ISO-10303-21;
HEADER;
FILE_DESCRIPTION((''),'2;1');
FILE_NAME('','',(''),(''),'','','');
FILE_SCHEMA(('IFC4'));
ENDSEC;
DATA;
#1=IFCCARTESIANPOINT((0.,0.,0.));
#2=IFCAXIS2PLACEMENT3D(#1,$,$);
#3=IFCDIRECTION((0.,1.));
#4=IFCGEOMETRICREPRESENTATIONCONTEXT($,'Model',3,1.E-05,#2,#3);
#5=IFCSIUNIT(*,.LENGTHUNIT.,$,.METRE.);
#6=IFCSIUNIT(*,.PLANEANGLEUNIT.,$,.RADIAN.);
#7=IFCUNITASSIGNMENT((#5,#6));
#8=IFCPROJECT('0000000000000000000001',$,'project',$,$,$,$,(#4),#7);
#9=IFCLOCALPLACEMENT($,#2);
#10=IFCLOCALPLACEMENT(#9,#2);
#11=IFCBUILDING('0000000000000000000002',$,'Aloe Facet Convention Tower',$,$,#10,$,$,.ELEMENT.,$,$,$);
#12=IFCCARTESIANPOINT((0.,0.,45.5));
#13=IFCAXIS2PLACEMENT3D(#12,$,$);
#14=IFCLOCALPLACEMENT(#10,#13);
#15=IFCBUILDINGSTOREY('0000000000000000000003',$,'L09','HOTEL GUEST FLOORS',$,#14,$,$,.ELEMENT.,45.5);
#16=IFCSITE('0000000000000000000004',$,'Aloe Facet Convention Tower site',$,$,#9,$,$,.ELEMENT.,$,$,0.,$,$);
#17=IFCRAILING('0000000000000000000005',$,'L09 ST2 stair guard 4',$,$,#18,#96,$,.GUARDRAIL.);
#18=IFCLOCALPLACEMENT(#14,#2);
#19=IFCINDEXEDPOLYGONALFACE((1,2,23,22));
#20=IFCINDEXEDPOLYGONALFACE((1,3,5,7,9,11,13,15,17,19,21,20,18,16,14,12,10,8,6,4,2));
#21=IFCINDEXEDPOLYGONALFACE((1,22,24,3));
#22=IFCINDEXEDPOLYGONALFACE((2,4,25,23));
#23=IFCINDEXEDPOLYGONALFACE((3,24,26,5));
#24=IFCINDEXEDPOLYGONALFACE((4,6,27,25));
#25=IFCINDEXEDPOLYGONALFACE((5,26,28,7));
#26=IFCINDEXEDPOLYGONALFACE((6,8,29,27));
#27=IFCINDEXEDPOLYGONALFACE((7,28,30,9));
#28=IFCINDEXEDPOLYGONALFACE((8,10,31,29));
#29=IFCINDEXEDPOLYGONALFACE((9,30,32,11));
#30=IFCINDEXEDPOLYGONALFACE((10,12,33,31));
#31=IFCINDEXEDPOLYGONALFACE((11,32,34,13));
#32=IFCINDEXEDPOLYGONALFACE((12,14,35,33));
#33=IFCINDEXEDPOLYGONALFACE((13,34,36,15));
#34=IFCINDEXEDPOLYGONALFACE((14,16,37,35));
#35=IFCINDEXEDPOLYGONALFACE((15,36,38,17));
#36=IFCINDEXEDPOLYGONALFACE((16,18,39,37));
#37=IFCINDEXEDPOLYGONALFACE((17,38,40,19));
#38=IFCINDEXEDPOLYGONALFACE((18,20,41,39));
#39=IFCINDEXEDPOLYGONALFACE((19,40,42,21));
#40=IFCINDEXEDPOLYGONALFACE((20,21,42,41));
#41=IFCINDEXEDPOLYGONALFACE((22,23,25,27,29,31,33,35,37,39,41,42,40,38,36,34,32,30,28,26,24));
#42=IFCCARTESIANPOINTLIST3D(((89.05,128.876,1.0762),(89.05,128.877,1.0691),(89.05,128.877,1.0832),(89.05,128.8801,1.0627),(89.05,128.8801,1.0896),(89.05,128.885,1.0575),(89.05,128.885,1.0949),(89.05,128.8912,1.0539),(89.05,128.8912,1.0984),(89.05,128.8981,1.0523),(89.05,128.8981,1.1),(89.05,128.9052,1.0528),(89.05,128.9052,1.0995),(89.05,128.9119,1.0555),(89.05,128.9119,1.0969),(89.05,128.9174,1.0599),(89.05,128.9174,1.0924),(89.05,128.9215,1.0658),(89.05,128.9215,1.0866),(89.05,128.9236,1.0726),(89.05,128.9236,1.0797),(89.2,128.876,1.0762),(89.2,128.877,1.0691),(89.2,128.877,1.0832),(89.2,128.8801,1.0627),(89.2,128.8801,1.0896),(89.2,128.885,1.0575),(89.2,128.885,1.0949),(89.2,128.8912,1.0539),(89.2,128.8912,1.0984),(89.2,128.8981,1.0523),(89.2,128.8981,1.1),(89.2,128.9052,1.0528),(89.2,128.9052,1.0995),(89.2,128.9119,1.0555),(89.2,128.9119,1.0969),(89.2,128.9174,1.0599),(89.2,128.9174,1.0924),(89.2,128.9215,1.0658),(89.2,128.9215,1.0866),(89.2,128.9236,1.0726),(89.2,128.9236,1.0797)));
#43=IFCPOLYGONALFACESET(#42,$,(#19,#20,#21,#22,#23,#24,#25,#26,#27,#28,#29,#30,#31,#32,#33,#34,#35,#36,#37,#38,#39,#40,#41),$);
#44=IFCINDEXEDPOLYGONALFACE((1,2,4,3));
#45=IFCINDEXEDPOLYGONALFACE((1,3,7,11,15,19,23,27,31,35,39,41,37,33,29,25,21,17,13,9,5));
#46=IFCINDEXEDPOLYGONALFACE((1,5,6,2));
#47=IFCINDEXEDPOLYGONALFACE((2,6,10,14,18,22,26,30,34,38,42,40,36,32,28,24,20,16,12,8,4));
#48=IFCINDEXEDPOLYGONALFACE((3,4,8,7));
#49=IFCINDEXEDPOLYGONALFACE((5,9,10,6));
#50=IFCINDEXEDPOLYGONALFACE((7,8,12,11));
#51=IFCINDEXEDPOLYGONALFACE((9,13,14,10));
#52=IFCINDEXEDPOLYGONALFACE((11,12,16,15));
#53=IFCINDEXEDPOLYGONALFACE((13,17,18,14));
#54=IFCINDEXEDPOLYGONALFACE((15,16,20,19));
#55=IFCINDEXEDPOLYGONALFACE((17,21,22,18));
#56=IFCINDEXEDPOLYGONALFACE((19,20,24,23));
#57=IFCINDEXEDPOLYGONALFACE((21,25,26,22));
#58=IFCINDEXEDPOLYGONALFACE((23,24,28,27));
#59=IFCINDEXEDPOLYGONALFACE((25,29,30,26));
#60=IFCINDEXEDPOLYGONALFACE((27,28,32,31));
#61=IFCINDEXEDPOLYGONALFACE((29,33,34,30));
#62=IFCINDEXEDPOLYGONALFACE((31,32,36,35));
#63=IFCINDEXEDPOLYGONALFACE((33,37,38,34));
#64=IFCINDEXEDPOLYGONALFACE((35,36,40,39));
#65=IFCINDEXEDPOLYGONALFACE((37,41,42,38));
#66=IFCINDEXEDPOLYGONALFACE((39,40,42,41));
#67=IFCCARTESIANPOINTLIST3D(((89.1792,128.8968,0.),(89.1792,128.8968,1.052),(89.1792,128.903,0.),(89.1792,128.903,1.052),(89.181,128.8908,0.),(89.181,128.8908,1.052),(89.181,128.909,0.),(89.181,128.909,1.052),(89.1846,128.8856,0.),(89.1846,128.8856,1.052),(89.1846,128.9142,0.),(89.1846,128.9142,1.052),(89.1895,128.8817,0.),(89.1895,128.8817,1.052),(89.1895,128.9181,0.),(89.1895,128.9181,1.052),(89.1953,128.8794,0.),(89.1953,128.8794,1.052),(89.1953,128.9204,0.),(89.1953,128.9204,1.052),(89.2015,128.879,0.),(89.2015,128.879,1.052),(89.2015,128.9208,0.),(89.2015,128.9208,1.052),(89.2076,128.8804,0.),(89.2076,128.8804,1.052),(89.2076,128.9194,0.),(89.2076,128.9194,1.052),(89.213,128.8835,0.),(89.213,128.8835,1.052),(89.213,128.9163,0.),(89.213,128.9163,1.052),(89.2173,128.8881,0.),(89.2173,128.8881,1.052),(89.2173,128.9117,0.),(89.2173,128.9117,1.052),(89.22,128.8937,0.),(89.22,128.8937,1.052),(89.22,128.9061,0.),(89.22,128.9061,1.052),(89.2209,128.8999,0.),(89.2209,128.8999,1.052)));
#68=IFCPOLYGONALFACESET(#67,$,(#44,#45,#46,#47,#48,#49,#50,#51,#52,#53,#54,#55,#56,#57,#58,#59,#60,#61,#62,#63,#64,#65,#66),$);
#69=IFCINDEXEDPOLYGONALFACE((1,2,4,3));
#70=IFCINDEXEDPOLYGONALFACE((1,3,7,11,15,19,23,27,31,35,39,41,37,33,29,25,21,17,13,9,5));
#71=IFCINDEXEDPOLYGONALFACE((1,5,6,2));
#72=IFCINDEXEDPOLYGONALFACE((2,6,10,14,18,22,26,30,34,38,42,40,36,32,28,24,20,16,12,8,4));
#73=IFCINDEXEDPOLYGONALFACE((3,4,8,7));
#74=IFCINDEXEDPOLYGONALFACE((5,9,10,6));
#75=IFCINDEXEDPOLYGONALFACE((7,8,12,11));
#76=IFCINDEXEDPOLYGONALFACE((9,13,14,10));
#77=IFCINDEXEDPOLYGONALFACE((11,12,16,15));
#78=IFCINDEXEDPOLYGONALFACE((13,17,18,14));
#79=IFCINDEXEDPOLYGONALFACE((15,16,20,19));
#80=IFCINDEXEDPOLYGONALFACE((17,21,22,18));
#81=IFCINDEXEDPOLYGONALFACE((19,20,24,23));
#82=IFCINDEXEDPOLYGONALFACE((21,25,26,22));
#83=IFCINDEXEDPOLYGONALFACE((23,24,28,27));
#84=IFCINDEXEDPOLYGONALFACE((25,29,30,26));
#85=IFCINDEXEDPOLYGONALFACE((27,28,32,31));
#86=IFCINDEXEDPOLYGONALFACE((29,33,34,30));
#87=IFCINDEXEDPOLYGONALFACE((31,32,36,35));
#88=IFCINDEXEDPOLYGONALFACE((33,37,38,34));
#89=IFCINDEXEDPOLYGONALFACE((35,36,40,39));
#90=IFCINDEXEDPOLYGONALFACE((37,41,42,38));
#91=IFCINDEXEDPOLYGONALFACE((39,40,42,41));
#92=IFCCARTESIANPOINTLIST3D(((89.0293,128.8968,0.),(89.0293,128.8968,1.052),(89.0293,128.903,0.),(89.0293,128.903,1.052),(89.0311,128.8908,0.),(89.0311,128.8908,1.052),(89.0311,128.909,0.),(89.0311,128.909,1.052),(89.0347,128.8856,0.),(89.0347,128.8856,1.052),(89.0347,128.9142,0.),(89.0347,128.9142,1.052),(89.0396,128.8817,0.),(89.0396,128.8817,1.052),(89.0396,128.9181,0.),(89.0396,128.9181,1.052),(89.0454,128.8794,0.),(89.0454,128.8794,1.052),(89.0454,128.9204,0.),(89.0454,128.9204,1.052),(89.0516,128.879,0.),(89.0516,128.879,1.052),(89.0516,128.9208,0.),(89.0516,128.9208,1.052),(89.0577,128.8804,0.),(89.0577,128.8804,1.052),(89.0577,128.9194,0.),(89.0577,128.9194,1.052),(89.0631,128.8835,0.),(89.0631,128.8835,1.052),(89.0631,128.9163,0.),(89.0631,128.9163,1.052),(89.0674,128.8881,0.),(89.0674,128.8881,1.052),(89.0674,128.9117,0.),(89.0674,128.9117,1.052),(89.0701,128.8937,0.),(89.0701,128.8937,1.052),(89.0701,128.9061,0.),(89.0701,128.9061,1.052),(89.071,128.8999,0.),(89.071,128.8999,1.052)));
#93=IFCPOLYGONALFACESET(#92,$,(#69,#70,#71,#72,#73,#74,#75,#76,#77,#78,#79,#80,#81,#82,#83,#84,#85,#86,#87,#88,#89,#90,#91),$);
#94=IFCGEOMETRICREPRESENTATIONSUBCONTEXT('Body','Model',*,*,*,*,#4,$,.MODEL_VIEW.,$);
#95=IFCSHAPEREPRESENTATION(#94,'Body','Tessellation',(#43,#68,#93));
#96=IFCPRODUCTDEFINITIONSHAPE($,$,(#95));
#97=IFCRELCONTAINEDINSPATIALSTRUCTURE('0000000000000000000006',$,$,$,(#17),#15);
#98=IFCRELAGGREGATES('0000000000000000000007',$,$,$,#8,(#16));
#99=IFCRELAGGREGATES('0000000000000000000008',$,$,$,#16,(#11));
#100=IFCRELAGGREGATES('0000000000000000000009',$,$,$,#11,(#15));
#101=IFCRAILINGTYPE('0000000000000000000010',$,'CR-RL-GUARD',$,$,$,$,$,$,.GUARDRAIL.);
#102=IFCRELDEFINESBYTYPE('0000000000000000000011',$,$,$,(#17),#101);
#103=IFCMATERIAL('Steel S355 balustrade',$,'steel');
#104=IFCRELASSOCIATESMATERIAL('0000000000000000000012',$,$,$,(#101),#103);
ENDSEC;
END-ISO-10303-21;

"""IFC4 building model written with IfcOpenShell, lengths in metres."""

from ifc_helpers import new_model, si_unit, direction, frame, origin, origin_2d, place, context, subcontext, project, spatial, circle, extrude, material, type_object, element, save


model = new_model("IFC4")

# Units and contexts
model_context = context("Model", 3, precision=1e-05, world=origin(), true_north=direction((0.0, 1.0)))
body_context = subcontext(model_context, "Body", "Model", "MODEL_VIEW")
ifc_project = project(units=[si_unit("LENGTHUNIT", "METRE"), si_unit("PLANEANGLEUNIT", "RADIAN")], contexts=[model_context])

# Site, building, storey
site_placement = place(None, origin())
site = spatial("IfcSite", under=ifc_project, at=site_placement, Name="Aloe Facet Convention Tower site", CompositionType="ELEMENT", RefElevation=0.0)
building_placement = place(site_placement, origin())
building = spatial("IfcBuilding", under=site, at=building_placement, Name="Aloe Facet Convention Tower", CompositionType="ELEMENT")
storey_placement = place(building_placement, frame((0.0, 0.0, 45.5)))
storey = spatial("IfcBuildingStorey", under=building, at=storey_placement, Name="L09", Description="HOTEL GUEST FLOORS", CompositionType="ELEMENT", Elevation=45.5)

# Railing
ifc_material_1 = material(Name="Steel S355 balustrade", Category="steel")
railing_type_1 = type_object("IfcRailingType", Name="CR-RL-GUARD", PredefinedType="GUARDRAIL", material=ifc_material_1)
railing_1_placement = place(storey_placement, frame((89.2, 128.8999, 0.0)))
element("IfcRailing", 1, at=railing_1_placement, inside=storey, type_object=railing_type_1, Name="L09 ST2 stair guard 4", PredefinedType="GUARDRAIL", context=body_context, shape_type="SweptSolid", body=[
    extrude(circle(Radius=0.0239, at=origin_2d()), frame((0.0, 0.0, 1.0762), z_axis=(-1.0, 0.0, 0.0), x_axis=(0.0, -1.0, 0.0)), (0.0, 0.0, 1.0), 0.1499),
    extrude(circle(Radius=0.021, at=origin_2d()), origin(), (0.0, 0.0, 1.0), 1.052),
    extrude(circle(Radius=0.021, at=origin_2d()), frame((-0.1499, 0.0, 0.0)), (0.0, 0.0, 1.0), 1.052),
])

save(model, "model.ifc")
